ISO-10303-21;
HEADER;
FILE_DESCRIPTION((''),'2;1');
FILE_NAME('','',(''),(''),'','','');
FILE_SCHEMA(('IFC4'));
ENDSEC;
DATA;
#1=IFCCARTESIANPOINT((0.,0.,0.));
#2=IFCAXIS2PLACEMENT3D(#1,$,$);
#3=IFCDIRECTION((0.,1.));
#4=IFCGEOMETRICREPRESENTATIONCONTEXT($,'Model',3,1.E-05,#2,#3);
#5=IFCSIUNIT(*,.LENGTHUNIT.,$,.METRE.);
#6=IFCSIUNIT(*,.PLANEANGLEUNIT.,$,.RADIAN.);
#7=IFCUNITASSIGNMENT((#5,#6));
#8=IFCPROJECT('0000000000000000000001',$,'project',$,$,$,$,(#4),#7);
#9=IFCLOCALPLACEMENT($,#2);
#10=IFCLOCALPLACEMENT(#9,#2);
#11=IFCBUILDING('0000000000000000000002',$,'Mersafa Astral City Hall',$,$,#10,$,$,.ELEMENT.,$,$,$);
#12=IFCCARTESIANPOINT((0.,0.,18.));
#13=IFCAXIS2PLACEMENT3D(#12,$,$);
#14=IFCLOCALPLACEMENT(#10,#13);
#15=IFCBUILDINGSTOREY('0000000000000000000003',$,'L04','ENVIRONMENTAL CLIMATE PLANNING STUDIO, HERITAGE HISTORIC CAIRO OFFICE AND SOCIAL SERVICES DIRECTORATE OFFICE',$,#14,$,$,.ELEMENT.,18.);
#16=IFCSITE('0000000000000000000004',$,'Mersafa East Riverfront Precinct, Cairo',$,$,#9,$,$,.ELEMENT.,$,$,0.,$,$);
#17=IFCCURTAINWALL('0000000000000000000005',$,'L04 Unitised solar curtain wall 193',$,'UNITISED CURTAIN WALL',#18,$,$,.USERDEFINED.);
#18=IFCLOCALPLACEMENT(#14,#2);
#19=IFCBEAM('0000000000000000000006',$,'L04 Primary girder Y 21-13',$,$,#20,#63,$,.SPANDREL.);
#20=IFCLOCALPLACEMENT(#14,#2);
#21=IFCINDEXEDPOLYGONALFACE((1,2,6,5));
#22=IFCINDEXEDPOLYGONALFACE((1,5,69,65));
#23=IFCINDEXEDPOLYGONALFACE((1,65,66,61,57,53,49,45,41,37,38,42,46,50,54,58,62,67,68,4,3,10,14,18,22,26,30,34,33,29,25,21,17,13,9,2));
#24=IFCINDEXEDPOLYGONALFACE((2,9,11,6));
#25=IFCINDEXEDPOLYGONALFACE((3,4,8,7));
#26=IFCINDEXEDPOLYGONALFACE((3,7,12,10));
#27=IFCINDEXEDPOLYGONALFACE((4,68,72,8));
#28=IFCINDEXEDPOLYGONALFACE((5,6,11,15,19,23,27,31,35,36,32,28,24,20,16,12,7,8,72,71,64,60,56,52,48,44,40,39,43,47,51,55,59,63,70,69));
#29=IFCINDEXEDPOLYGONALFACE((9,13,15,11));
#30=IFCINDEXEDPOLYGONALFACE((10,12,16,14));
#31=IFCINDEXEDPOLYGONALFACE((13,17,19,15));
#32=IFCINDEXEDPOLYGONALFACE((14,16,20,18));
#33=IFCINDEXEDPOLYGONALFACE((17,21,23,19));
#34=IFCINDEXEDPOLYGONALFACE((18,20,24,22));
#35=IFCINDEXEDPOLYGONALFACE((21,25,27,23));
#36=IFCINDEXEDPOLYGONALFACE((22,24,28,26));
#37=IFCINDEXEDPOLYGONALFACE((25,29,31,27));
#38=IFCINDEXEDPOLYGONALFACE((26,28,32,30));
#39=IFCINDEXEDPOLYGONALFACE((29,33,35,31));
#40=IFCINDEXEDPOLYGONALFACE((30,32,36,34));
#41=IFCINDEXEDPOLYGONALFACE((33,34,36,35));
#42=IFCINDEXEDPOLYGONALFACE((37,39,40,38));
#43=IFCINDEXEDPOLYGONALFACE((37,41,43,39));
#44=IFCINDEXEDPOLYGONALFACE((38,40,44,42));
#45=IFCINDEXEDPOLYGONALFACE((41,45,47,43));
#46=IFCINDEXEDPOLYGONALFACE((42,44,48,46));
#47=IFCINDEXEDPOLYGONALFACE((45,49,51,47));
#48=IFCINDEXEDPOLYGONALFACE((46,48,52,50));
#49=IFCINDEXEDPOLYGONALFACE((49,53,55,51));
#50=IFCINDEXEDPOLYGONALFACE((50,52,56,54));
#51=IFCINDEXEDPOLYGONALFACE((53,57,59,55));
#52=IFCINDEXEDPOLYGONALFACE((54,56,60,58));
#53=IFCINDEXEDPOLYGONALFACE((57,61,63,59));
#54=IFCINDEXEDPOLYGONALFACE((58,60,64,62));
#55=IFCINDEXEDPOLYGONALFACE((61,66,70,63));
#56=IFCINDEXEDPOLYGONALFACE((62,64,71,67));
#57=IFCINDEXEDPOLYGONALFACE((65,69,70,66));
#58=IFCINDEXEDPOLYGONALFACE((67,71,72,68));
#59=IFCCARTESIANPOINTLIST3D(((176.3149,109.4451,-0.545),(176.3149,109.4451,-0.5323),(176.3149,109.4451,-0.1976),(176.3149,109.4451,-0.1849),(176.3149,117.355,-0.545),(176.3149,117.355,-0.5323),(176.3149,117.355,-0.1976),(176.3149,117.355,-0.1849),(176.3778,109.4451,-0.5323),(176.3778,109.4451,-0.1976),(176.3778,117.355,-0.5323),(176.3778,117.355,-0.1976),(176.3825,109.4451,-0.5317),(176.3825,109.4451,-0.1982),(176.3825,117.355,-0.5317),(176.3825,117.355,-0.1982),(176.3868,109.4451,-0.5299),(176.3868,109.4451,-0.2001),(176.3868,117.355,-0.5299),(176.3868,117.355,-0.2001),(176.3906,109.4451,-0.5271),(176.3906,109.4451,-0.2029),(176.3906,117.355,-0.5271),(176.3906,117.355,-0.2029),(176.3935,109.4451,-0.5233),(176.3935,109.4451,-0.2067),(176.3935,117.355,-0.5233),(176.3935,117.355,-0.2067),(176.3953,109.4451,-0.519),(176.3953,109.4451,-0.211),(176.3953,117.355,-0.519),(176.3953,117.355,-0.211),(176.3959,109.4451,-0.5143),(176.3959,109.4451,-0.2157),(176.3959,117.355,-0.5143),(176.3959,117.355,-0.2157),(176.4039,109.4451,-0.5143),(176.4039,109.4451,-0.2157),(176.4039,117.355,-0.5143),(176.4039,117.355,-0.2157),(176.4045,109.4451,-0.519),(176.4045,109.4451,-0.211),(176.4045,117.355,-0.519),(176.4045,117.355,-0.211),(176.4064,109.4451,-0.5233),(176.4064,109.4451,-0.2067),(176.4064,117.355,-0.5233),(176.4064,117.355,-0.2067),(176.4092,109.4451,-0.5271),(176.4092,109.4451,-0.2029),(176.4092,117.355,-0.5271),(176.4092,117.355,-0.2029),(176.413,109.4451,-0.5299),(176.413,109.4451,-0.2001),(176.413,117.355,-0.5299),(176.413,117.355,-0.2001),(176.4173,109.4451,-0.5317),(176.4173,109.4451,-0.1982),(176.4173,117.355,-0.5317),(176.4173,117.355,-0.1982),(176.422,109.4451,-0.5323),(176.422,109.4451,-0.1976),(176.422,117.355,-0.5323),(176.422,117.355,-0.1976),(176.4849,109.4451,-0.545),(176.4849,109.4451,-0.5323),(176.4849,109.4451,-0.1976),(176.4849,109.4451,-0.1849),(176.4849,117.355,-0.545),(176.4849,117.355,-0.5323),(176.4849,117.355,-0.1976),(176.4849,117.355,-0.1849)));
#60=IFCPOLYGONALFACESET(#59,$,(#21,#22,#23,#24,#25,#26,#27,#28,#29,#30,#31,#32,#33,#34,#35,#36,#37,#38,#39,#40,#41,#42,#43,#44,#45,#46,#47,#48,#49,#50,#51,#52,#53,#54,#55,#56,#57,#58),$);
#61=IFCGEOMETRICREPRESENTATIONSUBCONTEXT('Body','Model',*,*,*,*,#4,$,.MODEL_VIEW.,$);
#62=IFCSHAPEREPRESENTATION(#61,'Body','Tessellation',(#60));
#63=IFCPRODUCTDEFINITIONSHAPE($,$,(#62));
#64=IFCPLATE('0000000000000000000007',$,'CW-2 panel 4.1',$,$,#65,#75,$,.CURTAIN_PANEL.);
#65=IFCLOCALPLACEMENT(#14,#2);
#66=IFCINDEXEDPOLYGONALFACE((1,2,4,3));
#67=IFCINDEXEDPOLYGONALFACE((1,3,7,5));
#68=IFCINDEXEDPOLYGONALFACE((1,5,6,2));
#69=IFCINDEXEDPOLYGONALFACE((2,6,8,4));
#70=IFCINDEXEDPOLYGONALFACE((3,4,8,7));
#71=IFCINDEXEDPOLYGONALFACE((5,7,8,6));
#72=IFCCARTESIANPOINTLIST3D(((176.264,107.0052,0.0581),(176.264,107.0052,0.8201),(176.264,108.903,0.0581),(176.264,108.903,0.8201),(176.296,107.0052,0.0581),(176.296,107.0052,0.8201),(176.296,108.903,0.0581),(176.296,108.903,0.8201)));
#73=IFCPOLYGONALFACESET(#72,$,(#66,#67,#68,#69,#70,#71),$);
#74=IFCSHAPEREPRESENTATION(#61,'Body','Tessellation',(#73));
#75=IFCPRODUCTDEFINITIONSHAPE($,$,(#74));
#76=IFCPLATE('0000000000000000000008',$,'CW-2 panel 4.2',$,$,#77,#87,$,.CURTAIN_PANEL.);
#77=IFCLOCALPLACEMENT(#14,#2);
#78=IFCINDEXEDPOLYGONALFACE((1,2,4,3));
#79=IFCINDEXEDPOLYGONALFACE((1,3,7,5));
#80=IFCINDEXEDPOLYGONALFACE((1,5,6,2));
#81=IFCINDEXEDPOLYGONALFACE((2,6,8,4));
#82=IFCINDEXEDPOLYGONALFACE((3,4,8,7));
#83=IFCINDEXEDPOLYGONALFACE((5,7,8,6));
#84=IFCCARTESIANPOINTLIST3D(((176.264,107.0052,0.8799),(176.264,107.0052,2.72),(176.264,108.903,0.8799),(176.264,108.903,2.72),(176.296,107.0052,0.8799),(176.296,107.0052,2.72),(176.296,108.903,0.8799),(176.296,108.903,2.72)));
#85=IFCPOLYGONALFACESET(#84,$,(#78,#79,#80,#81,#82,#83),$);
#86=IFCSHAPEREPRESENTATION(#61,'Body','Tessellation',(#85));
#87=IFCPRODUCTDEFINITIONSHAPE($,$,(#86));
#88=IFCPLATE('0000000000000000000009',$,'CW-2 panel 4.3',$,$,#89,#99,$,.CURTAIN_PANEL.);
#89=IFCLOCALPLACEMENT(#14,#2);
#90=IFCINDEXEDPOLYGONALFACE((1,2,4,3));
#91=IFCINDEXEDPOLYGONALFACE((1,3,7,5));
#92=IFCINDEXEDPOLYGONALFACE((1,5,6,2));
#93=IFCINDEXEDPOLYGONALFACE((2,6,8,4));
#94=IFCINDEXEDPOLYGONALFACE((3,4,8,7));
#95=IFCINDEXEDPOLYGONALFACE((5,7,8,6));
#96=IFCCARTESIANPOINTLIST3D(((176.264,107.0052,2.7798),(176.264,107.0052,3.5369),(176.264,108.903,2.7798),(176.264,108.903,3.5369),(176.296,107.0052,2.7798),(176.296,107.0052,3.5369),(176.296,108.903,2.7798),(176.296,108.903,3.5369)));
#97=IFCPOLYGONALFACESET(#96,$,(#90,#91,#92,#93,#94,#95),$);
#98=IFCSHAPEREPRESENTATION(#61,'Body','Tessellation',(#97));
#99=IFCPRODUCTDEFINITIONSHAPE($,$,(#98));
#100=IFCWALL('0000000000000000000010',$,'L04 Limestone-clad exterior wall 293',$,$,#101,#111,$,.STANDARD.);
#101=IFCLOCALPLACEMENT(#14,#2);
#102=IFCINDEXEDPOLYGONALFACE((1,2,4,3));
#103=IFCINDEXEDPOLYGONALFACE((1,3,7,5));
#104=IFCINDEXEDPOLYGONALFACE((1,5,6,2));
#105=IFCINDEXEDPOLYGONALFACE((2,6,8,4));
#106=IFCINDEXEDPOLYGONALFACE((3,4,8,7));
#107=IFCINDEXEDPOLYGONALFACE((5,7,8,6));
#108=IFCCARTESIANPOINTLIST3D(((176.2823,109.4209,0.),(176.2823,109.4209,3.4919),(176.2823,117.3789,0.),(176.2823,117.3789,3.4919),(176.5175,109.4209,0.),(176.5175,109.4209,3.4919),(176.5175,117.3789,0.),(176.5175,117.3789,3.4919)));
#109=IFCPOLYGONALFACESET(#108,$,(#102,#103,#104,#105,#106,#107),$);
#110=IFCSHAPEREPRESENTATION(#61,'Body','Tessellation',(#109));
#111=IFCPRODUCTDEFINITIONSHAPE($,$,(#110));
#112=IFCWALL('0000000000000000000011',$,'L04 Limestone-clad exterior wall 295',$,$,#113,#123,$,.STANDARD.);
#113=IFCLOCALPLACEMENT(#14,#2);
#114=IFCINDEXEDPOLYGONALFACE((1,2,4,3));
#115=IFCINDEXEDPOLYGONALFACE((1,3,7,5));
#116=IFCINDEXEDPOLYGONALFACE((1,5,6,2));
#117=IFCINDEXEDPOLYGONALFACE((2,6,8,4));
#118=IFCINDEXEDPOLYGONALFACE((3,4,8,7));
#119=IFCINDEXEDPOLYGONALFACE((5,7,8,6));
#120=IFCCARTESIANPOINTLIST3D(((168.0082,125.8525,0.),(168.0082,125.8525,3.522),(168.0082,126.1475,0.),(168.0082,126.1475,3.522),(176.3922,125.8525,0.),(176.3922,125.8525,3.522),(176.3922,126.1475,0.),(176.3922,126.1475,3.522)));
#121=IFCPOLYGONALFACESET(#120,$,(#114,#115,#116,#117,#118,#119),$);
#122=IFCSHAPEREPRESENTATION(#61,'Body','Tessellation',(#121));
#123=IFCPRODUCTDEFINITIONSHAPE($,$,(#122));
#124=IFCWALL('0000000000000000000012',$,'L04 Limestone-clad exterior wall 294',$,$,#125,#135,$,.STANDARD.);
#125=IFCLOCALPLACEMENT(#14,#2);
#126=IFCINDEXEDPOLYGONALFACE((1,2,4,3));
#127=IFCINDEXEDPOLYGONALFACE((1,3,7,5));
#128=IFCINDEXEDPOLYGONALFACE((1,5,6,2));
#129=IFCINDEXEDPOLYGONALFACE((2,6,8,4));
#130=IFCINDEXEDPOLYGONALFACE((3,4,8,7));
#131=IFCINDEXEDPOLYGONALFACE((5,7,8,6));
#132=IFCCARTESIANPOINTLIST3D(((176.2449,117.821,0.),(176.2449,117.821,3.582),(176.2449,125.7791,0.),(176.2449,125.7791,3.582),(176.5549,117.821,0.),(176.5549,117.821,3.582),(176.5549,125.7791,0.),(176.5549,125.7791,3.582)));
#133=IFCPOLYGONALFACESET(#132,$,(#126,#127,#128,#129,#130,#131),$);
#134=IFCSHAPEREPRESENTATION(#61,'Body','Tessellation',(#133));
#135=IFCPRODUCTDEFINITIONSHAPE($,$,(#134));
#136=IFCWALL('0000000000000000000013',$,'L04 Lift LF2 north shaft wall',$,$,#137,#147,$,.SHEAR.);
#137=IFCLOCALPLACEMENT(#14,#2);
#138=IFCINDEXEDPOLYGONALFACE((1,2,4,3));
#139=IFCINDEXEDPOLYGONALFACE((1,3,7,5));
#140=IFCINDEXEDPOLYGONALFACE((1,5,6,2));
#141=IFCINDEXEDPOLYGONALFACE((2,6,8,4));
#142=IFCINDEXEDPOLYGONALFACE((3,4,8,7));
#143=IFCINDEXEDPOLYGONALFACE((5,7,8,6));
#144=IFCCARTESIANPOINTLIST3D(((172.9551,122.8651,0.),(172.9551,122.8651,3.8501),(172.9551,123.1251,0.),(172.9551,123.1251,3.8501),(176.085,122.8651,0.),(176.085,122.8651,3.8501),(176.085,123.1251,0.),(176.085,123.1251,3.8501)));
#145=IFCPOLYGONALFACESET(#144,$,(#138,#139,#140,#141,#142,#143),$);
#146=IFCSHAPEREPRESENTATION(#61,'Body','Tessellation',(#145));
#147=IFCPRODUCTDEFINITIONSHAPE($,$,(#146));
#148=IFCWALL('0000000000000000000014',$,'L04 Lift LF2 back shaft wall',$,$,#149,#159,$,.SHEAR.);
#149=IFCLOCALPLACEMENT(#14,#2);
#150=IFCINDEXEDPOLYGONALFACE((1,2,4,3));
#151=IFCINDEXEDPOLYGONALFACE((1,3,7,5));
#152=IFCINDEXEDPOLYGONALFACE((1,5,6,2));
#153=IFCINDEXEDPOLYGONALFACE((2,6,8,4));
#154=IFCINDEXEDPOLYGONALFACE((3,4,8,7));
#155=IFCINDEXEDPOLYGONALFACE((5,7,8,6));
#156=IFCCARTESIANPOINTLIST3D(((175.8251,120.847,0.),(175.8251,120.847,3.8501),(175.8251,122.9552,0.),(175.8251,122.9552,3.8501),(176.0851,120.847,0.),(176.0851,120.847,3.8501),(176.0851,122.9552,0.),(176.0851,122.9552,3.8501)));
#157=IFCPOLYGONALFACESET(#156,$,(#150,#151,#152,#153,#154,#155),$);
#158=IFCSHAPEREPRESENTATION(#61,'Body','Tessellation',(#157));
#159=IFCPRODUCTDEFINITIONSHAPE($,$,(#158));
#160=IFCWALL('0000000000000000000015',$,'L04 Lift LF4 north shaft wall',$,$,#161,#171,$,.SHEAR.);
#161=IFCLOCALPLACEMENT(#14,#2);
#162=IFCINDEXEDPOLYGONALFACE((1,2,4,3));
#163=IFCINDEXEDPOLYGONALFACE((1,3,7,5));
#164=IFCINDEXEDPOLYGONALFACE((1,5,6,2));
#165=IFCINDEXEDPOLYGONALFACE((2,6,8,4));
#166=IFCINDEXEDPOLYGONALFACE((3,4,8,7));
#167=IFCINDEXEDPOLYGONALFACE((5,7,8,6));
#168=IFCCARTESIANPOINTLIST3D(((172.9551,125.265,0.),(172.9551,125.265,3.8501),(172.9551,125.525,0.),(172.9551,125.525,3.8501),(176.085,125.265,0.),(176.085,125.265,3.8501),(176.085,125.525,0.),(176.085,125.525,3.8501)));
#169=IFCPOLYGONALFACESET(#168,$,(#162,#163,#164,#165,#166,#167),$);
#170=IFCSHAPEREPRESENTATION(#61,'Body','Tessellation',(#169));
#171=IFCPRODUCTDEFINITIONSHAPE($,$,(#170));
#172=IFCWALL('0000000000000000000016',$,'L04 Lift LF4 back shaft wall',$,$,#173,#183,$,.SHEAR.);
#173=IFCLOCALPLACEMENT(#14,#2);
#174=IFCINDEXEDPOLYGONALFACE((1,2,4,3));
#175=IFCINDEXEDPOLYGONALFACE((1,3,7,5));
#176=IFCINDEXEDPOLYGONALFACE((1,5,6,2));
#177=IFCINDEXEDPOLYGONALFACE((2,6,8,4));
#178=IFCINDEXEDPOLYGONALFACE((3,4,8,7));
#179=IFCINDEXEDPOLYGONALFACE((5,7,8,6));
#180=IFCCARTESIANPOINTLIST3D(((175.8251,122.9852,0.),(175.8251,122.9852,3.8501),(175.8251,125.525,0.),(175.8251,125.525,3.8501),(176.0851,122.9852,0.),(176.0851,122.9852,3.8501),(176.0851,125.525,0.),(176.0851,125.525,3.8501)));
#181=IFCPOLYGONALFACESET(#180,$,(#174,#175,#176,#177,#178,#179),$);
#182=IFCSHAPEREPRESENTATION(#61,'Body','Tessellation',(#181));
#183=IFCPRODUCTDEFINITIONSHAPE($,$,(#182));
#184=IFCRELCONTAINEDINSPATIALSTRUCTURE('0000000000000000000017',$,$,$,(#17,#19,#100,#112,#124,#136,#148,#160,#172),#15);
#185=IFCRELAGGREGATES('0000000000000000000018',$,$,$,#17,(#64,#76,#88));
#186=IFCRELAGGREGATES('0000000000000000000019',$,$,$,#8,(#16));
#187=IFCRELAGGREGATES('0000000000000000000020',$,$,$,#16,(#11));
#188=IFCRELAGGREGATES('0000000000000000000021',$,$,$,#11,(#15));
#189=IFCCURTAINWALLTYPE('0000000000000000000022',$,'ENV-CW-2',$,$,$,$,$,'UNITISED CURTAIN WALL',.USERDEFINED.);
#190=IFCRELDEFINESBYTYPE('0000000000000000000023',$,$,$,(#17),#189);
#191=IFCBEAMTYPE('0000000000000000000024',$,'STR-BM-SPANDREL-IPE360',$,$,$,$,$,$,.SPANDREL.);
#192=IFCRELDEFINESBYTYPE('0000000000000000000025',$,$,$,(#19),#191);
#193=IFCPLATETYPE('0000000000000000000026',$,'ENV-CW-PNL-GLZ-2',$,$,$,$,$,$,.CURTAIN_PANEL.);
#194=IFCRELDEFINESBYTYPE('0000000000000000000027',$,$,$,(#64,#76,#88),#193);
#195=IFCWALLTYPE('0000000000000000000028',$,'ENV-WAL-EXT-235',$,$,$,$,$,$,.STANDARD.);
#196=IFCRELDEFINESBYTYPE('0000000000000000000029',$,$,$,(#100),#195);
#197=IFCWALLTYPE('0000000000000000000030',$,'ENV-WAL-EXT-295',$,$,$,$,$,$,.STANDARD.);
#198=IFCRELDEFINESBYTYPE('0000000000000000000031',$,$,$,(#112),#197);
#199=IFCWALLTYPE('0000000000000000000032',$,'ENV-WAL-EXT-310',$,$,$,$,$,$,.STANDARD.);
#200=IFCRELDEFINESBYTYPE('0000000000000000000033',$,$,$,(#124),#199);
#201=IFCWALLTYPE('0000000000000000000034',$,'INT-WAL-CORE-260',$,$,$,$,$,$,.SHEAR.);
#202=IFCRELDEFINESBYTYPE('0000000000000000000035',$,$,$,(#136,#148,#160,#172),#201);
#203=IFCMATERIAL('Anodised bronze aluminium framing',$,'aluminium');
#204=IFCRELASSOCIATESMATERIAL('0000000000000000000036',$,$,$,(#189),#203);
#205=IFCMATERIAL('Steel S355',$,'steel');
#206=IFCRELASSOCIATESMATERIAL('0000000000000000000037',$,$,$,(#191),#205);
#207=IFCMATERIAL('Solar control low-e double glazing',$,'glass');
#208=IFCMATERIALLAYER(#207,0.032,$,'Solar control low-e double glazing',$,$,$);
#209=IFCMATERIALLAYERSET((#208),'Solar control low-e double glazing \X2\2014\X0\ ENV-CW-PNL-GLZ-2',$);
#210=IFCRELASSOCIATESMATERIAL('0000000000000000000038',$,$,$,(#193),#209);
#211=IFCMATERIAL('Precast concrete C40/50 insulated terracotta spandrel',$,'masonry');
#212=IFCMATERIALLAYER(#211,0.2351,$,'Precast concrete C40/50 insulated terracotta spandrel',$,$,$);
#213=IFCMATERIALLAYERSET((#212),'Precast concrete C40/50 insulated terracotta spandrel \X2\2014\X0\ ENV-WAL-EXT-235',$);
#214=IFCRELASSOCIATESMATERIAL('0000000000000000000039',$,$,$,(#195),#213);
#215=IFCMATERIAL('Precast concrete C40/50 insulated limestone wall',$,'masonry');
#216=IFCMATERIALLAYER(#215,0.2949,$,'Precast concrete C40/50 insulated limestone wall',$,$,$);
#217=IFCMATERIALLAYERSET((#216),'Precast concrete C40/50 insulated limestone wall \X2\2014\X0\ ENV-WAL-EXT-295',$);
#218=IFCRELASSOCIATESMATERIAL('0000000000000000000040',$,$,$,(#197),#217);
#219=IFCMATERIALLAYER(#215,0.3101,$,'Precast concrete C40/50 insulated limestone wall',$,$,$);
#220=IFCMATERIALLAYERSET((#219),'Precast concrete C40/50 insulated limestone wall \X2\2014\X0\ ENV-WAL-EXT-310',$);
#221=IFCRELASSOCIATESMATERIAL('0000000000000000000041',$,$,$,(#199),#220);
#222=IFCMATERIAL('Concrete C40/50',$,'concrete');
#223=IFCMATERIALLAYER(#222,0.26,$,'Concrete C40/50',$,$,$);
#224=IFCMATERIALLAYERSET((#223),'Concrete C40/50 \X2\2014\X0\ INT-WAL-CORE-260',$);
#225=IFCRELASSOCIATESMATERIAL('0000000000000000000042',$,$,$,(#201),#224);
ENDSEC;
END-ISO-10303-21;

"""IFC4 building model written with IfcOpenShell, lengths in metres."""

from ifc_helpers import new_model, si_unit, direction, frame, frame_2d, origin, origin_2d, place, context, subcontext, project, spatial, rectangle, i_section, extrude, material, layer, layer_set, material_profile, profile_set, type_object, element, aggregate, save


model = new_model("IFC4")

# Units and contexts
model_context = context("Model", 3, precision=1e-05, world=origin(), true_north=direction((0.0, 1.0)))
body_context = subcontext(model_context, "Body", "Model", "MODEL_VIEW")
ifc_project = project(units=[si_unit("LENGTHUNIT", "METRE"), si_unit("PLANEANGLEUNIT", "RADIAN")], contexts=[model_context])

# Site, building, storey
site_placement = place(None, origin())
site = spatial("IfcSite", under=ifc_project, at=site_placement, Name="Mersafa East Riverfront Precinct, Cairo", CompositionType="ELEMENT", RefElevation=0.0)
building_placement = place(site_placement, origin())
building = spatial("IfcBuilding", under=site, at=building_placement, Name="Mersafa Astral City Hall", CompositionType="ELEMENT")
storey_placement = place(building_placement, frame((0.0, 0.0, 18.0)))
storey = spatial("IfcBuildingStorey", under=building, at=storey_placement, Name="L04", Description="ENVIRONMENTAL CLIMATE PLANNING STUDIO, HERITAGE HISTORIC CAIRO OFFICE AND SOCIAL SERVICES DIRECTORATE OFFICE", CompositionType="ELEMENT", Elevation=18.0)

# Shared definitions
ifc_material_1 = material(Name="Steel S355", Category="steel")

# Curtain wall
ifc_material_2 = material(Name="Anodised bronze aluminium framing", Category="aluminium")
curtain_wall_type = type_object("IfcCurtainWallType", Name="ENV-CW-2", ElementType="UNITISED CURTAIN WALL", PredefinedType="USERDEFINED", material=ifc_material_2)
curtain_wall_placement = place(storey_placement, origin())
curtain_wall = element("IfcCurtainWall", 1, at=curtain_wall_placement, inside=storey, type_object=curtain_wall_type, Name="L04 Unitised solar curtain wall 193", ObjectType="UNITISED CURTAIN WALL", PredefinedType="USERDEFINED")

# Beam
ifc_material_profile_1 = material_profile(ifc_material_1, i_section(OverallWidth=0.1699, OverallDepth=0.3601, WebThickness=0.0081, FlangeThickness=0.0127, FilletRadius=0.0181, at=origin_2d()), Name="IPE 360")
ifc_profile_set_1 = profile_set([ifc_material_profile_1], Name="Steel S355")
beam_type_1 = type_object("IfcBeamType", Name="STR-BM-SPANDREL-IPE360", PredefinedType="SPANDREL", material=ifc_profile_set_1)
beam_1_placement = place(storey_placement, frame((176.3999, 109.4451, -0.365), z_axis=(0.0, 1.0, 0.0), x_axis=(-1.0, 0.0, 0.0)))
element("IfcBeam", 2, at=beam_1_placement, inside=storey, type_object=beam_type_1, Name="L04 Primary girder Y 21-13", PredefinedType="SPANDREL", context=body_context, shape_type="SweptSolid", body=[
    extrude(i_section(OverallWidth=0.1699, OverallDepth=0.3601, WebThickness=0.0081, FlangeThickness=0.0127, FilletRadius=0.0181, at=origin_2d()), origin(), (0.0, 0.0, 1.0), 7.9099),
])

# Plates
ifc_material_3 = material(Name="Solar control low-e double glazing", Category="glass")
ifc_layer_1 = layer(ifc_material_3, 0.032, Name="Solar control low-e double glazing")
ifc_layer_set_1 = layer_set([ifc_layer_1], Name="Solar control low-e double glazing — ENV-CW-PNL-GLZ-2")
plate_type = type_object("IfcPlateType", Name="ENV-CW-PNL-GLZ-2", PredefinedType="CURTAIN_PANEL", material=ifc_layer_set_1)
plate_1_placement = place(storey_placement, frame((176.28, 107.9541, 0.0581), z_axis=(0.0, 0.0, 1.0), x_axis=(0.0, 1.0, 0.0)))
plate_1 = element("IfcPlate", 3, at=plate_1_placement, type_object=plate_type, Name="CW-2 panel 4.1", PredefinedType="CURTAIN_PANEL", context=body_context, shape_type="SweptSolid", body=[
    extrude(rectangle(XDim=1.8977, YDim=0.032, at=origin_2d()), origin(), (0.0, 0.0, 1.0), 0.762),
])
plate_2_placement = place(storey_placement, frame((176.28, 107.9541, 0.8799), z_axis=(0.0, 0.0, 1.0), x_axis=(0.0, 1.0, 0.0)))
plate_2 = element("IfcPlate", 4, at=plate_2_placement, type_object=plate_type, Name="CW-2 panel 4.2", PredefinedType="CURTAIN_PANEL", context=body_context, shape_type="SweptSolid", body=[
    extrude(rectangle(XDim=1.8977, YDim=0.032, at=origin_2d()), origin(), (0.0, 0.0, 1.0), 1.8401),
])
plate_3_placement = place(storey_placement, frame((176.28, 107.9541, 2.7798), z_axis=(0.0, 0.0, 1.0), x_axis=(0.0, 1.0, 0.0)))
plate_3 = element("IfcPlate", 5, at=plate_3_placement, type_object=plate_type, Name="CW-2 panel 4.3", PredefinedType="CURTAIN_PANEL", context=body_context, shape_type="SweptSolid", body=[
    extrude(rectangle(XDim=1.8977, YDim=0.032, at=origin_2d()), origin(), (0.0, 0.0, 1.0), 0.7571),
])
aggregate(curtain_wall, [plate_1, plate_2, plate_3])

# Walls
ifc_material_4 = material(Name="Precast concrete C40/50 insulated terracotta spandrel", Category="masonry")
ifc_layer_2 = layer(ifc_material_4, 0.2351, Name="Precast concrete C40/50 insulated terracotta spandrel")
ifc_layer_set_2 = layer_set([ifc_layer_2], Name="Precast concrete C40/50 insulated terracotta spandrel — ENV-WAL-EXT-235")
wall_type_1 = type_object("IfcWallType", Name="ENV-WAL-EXT-235", PredefinedType="STANDARD", material=ifc_layer_set_2)
wall_1_placement = place(storey_placement, frame((176.3999, 109.4209, 0.0), z_axis=(0.0, 0.0, 1.0), x_axis=(0.0, 1.0, 0.0)))
element("IfcWall", 6, at=wall_1_placement, inside=storey, type_object=wall_type_1, Name="L04 Limestone-clad exterior wall 293", PredefinedType="STANDARD", context=body_context, shape_type="SweptSolid", body=[
    extrude(rectangle(XDim=7.958, YDim=0.2351, at=frame_2d((3.979, 0.0))), origin(), (0.0, 0.0, 1.0), 3.4919),
])
ifc_material_5 = material(Name="Precast concrete C40/50 insulated limestone wall", Category="masonry")
ifc_layer_3 = layer(ifc_material_5, 0.2949, Name="Precast concrete C40/50 insulated limestone wall")
ifc_layer_set_3 = layer_set([ifc_layer_3], Name="Precast concrete C40/50 insulated limestone wall — ENV-WAL-EXT-295")
wall_type_2 = type_object("IfcWallType", Name="ENV-WAL-EXT-295", PredefinedType="STANDARD", material=ifc_layer_set_3)
wall_2_placement = place(storey_placement, frame((176.3921, 126.0, 0.0), z_axis=(0.0, 0.0, 1.0), x_axis=(-1.0, 0.0, 0.0)))
element("IfcWall", 7, at=wall_2_placement, inside=storey, type_object=wall_type_2, Name="L04 Limestone-clad exterior wall 295", PredefinedType="STANDARD", context=body_context, shape_type="SweptSolid", body=[
    extrude(rectangle(XDim=8.384, YDim=0.2949, at=frame_2d((4.1919, 0.0))), origin(), (0.0, 0.0, 1.0), 3.522),
])
ifc_layer_4 = layer(ifc_material_5, 0.3101, Name="Precast concrete C40/50 insulated limestone wall")
ifc_layer_set_4 = layer_set([ifc_layer_4], Name="Precast concrete C40/50 insulated limestone wall — ENV-WAL-EXT-310")
wall_type_3 = type_object("IfcWallType", Name="ENV-WAL-EXT-310", PredefinedType="STANDARD", material=ifc_layer_set_4)
wall_3_placement = place(storey_placement, frame((176.3999, 117.821, 0.0), z_axis=(0.0, 0.0, 1.0), x_axis=(0.0, 1.0, 0.0)))
element("IfcWall", 8, at=wall_3_placement, inside=storey, type_object=wall_type_3, Name="L04 Limestone-clad exterior wall 294", PredefinedType="STANDARD", context=body_context, shape_type="SweptSolid", body=[
    extrude(rectangle(XDim=7.958, YDim=0.3101, at=frame_2d((3.979, 0.0))), origin(), (0.0, 0.0, 1.0), 3.582),
])
ifc_material_6 = material(Name="Concrete C40/50", Category="concrete")
ifc_layer_5 = layer(ifc_material_6, 0.26, Name="Concrete C40/50")
ifc_layer_set_5 = layer_set([ifc_layer_5], Name="Concrete C40/50 — INT-WAL-CORE-260")
wall_type_4 = type_object("IfcWallType", Name="INT-WAL-CORE-260", PredefinedType="SHEAR", material=ifc_layer_set_5)
wall_4_placement = place(storey_placement, frame((172.9551, 122.9951, 0.0), z_axis=(0.0, 0.0, 1.0), x_axis=(1.0, 0.0, 0.0)))
element("IfcWall", 9, at=wall_4_placement, inside=storey, type_object=wall_type_4, Name="L04 Lift LF2 north shaft wall", PredefinedType="SHEAR", context=body_context, shape_type="SweptSolid", body=[
    extrude(rectangle(XDim=3.1299, YDim=0.26, at=frame_2d((1.5649, 0.0))), origin(), (0.0, 0.0, 1.0), 3.8501),
])
wall_5_placement = place(storey_placement, frame((175.9551, 120.8469, 0.0), z_axis=(0.0, 0.0, 1.0), x_axis=(0.0, 1.0, 0.0)))
element("IfcWall", 10, at=wall_5_placement, inside=storey, type_object=wall_type_4, Name="L04 Lift LF2 back shaft wall", PredefinedType="SHEAR", context=body_context, shape_type="SweptSolid", body=[
    extrude(rectangle(XDim=2.1082, YDim=0.26, at=frame_2d((1.0542, 0.0))), origin(), (0.0, 0.0, 1.0), 3.8501),
])

# Walls
wall_6_placement = place(storey_placement, frame((172.9551, 125.395, 0.0), z_axis=(0.0, 0.0, 1.0), x_axis=(1.0, 0.0, 0.0)))
element("IfcWall", 11, at=wall_6_placement, inside=storey, type_object=wall_type_4, Name="L04 Lift LF4 north shaft wall", PredefinedType="SHEAR", context=body_context, shape_type="SweptSolid", body=[
    extrude(rectangle(XDim=3.1299, YDim=0.26, at=frame_2d((1.5649, 0.0))), origin(), (0.0, 0.0, 1.0), 3.8501),
])
wall_7_placement = place(storey_placement, frame((175.9551, 122.9851, 0.0), z_axis=(0.0, 0.0, 1.0), x_axis=(0.0, 1.0, 0.0)))
element("IfcWall", 12, at=wall_7_placement, inside=storey, type_object=wall_type_4, Name="L04 Lift LF4 back shaft wall", PredefinedType="SHEAR", context=body_context, shape_type="SweptSolid", body=[
    extrude(rectangle(XDim=2.5398, YDim=0.26, at=frame_2d((1.27, 0.0))), origin(), (0.0, 0.0, 1.0), 3.8501),
])

save(model, "model.ifc")
